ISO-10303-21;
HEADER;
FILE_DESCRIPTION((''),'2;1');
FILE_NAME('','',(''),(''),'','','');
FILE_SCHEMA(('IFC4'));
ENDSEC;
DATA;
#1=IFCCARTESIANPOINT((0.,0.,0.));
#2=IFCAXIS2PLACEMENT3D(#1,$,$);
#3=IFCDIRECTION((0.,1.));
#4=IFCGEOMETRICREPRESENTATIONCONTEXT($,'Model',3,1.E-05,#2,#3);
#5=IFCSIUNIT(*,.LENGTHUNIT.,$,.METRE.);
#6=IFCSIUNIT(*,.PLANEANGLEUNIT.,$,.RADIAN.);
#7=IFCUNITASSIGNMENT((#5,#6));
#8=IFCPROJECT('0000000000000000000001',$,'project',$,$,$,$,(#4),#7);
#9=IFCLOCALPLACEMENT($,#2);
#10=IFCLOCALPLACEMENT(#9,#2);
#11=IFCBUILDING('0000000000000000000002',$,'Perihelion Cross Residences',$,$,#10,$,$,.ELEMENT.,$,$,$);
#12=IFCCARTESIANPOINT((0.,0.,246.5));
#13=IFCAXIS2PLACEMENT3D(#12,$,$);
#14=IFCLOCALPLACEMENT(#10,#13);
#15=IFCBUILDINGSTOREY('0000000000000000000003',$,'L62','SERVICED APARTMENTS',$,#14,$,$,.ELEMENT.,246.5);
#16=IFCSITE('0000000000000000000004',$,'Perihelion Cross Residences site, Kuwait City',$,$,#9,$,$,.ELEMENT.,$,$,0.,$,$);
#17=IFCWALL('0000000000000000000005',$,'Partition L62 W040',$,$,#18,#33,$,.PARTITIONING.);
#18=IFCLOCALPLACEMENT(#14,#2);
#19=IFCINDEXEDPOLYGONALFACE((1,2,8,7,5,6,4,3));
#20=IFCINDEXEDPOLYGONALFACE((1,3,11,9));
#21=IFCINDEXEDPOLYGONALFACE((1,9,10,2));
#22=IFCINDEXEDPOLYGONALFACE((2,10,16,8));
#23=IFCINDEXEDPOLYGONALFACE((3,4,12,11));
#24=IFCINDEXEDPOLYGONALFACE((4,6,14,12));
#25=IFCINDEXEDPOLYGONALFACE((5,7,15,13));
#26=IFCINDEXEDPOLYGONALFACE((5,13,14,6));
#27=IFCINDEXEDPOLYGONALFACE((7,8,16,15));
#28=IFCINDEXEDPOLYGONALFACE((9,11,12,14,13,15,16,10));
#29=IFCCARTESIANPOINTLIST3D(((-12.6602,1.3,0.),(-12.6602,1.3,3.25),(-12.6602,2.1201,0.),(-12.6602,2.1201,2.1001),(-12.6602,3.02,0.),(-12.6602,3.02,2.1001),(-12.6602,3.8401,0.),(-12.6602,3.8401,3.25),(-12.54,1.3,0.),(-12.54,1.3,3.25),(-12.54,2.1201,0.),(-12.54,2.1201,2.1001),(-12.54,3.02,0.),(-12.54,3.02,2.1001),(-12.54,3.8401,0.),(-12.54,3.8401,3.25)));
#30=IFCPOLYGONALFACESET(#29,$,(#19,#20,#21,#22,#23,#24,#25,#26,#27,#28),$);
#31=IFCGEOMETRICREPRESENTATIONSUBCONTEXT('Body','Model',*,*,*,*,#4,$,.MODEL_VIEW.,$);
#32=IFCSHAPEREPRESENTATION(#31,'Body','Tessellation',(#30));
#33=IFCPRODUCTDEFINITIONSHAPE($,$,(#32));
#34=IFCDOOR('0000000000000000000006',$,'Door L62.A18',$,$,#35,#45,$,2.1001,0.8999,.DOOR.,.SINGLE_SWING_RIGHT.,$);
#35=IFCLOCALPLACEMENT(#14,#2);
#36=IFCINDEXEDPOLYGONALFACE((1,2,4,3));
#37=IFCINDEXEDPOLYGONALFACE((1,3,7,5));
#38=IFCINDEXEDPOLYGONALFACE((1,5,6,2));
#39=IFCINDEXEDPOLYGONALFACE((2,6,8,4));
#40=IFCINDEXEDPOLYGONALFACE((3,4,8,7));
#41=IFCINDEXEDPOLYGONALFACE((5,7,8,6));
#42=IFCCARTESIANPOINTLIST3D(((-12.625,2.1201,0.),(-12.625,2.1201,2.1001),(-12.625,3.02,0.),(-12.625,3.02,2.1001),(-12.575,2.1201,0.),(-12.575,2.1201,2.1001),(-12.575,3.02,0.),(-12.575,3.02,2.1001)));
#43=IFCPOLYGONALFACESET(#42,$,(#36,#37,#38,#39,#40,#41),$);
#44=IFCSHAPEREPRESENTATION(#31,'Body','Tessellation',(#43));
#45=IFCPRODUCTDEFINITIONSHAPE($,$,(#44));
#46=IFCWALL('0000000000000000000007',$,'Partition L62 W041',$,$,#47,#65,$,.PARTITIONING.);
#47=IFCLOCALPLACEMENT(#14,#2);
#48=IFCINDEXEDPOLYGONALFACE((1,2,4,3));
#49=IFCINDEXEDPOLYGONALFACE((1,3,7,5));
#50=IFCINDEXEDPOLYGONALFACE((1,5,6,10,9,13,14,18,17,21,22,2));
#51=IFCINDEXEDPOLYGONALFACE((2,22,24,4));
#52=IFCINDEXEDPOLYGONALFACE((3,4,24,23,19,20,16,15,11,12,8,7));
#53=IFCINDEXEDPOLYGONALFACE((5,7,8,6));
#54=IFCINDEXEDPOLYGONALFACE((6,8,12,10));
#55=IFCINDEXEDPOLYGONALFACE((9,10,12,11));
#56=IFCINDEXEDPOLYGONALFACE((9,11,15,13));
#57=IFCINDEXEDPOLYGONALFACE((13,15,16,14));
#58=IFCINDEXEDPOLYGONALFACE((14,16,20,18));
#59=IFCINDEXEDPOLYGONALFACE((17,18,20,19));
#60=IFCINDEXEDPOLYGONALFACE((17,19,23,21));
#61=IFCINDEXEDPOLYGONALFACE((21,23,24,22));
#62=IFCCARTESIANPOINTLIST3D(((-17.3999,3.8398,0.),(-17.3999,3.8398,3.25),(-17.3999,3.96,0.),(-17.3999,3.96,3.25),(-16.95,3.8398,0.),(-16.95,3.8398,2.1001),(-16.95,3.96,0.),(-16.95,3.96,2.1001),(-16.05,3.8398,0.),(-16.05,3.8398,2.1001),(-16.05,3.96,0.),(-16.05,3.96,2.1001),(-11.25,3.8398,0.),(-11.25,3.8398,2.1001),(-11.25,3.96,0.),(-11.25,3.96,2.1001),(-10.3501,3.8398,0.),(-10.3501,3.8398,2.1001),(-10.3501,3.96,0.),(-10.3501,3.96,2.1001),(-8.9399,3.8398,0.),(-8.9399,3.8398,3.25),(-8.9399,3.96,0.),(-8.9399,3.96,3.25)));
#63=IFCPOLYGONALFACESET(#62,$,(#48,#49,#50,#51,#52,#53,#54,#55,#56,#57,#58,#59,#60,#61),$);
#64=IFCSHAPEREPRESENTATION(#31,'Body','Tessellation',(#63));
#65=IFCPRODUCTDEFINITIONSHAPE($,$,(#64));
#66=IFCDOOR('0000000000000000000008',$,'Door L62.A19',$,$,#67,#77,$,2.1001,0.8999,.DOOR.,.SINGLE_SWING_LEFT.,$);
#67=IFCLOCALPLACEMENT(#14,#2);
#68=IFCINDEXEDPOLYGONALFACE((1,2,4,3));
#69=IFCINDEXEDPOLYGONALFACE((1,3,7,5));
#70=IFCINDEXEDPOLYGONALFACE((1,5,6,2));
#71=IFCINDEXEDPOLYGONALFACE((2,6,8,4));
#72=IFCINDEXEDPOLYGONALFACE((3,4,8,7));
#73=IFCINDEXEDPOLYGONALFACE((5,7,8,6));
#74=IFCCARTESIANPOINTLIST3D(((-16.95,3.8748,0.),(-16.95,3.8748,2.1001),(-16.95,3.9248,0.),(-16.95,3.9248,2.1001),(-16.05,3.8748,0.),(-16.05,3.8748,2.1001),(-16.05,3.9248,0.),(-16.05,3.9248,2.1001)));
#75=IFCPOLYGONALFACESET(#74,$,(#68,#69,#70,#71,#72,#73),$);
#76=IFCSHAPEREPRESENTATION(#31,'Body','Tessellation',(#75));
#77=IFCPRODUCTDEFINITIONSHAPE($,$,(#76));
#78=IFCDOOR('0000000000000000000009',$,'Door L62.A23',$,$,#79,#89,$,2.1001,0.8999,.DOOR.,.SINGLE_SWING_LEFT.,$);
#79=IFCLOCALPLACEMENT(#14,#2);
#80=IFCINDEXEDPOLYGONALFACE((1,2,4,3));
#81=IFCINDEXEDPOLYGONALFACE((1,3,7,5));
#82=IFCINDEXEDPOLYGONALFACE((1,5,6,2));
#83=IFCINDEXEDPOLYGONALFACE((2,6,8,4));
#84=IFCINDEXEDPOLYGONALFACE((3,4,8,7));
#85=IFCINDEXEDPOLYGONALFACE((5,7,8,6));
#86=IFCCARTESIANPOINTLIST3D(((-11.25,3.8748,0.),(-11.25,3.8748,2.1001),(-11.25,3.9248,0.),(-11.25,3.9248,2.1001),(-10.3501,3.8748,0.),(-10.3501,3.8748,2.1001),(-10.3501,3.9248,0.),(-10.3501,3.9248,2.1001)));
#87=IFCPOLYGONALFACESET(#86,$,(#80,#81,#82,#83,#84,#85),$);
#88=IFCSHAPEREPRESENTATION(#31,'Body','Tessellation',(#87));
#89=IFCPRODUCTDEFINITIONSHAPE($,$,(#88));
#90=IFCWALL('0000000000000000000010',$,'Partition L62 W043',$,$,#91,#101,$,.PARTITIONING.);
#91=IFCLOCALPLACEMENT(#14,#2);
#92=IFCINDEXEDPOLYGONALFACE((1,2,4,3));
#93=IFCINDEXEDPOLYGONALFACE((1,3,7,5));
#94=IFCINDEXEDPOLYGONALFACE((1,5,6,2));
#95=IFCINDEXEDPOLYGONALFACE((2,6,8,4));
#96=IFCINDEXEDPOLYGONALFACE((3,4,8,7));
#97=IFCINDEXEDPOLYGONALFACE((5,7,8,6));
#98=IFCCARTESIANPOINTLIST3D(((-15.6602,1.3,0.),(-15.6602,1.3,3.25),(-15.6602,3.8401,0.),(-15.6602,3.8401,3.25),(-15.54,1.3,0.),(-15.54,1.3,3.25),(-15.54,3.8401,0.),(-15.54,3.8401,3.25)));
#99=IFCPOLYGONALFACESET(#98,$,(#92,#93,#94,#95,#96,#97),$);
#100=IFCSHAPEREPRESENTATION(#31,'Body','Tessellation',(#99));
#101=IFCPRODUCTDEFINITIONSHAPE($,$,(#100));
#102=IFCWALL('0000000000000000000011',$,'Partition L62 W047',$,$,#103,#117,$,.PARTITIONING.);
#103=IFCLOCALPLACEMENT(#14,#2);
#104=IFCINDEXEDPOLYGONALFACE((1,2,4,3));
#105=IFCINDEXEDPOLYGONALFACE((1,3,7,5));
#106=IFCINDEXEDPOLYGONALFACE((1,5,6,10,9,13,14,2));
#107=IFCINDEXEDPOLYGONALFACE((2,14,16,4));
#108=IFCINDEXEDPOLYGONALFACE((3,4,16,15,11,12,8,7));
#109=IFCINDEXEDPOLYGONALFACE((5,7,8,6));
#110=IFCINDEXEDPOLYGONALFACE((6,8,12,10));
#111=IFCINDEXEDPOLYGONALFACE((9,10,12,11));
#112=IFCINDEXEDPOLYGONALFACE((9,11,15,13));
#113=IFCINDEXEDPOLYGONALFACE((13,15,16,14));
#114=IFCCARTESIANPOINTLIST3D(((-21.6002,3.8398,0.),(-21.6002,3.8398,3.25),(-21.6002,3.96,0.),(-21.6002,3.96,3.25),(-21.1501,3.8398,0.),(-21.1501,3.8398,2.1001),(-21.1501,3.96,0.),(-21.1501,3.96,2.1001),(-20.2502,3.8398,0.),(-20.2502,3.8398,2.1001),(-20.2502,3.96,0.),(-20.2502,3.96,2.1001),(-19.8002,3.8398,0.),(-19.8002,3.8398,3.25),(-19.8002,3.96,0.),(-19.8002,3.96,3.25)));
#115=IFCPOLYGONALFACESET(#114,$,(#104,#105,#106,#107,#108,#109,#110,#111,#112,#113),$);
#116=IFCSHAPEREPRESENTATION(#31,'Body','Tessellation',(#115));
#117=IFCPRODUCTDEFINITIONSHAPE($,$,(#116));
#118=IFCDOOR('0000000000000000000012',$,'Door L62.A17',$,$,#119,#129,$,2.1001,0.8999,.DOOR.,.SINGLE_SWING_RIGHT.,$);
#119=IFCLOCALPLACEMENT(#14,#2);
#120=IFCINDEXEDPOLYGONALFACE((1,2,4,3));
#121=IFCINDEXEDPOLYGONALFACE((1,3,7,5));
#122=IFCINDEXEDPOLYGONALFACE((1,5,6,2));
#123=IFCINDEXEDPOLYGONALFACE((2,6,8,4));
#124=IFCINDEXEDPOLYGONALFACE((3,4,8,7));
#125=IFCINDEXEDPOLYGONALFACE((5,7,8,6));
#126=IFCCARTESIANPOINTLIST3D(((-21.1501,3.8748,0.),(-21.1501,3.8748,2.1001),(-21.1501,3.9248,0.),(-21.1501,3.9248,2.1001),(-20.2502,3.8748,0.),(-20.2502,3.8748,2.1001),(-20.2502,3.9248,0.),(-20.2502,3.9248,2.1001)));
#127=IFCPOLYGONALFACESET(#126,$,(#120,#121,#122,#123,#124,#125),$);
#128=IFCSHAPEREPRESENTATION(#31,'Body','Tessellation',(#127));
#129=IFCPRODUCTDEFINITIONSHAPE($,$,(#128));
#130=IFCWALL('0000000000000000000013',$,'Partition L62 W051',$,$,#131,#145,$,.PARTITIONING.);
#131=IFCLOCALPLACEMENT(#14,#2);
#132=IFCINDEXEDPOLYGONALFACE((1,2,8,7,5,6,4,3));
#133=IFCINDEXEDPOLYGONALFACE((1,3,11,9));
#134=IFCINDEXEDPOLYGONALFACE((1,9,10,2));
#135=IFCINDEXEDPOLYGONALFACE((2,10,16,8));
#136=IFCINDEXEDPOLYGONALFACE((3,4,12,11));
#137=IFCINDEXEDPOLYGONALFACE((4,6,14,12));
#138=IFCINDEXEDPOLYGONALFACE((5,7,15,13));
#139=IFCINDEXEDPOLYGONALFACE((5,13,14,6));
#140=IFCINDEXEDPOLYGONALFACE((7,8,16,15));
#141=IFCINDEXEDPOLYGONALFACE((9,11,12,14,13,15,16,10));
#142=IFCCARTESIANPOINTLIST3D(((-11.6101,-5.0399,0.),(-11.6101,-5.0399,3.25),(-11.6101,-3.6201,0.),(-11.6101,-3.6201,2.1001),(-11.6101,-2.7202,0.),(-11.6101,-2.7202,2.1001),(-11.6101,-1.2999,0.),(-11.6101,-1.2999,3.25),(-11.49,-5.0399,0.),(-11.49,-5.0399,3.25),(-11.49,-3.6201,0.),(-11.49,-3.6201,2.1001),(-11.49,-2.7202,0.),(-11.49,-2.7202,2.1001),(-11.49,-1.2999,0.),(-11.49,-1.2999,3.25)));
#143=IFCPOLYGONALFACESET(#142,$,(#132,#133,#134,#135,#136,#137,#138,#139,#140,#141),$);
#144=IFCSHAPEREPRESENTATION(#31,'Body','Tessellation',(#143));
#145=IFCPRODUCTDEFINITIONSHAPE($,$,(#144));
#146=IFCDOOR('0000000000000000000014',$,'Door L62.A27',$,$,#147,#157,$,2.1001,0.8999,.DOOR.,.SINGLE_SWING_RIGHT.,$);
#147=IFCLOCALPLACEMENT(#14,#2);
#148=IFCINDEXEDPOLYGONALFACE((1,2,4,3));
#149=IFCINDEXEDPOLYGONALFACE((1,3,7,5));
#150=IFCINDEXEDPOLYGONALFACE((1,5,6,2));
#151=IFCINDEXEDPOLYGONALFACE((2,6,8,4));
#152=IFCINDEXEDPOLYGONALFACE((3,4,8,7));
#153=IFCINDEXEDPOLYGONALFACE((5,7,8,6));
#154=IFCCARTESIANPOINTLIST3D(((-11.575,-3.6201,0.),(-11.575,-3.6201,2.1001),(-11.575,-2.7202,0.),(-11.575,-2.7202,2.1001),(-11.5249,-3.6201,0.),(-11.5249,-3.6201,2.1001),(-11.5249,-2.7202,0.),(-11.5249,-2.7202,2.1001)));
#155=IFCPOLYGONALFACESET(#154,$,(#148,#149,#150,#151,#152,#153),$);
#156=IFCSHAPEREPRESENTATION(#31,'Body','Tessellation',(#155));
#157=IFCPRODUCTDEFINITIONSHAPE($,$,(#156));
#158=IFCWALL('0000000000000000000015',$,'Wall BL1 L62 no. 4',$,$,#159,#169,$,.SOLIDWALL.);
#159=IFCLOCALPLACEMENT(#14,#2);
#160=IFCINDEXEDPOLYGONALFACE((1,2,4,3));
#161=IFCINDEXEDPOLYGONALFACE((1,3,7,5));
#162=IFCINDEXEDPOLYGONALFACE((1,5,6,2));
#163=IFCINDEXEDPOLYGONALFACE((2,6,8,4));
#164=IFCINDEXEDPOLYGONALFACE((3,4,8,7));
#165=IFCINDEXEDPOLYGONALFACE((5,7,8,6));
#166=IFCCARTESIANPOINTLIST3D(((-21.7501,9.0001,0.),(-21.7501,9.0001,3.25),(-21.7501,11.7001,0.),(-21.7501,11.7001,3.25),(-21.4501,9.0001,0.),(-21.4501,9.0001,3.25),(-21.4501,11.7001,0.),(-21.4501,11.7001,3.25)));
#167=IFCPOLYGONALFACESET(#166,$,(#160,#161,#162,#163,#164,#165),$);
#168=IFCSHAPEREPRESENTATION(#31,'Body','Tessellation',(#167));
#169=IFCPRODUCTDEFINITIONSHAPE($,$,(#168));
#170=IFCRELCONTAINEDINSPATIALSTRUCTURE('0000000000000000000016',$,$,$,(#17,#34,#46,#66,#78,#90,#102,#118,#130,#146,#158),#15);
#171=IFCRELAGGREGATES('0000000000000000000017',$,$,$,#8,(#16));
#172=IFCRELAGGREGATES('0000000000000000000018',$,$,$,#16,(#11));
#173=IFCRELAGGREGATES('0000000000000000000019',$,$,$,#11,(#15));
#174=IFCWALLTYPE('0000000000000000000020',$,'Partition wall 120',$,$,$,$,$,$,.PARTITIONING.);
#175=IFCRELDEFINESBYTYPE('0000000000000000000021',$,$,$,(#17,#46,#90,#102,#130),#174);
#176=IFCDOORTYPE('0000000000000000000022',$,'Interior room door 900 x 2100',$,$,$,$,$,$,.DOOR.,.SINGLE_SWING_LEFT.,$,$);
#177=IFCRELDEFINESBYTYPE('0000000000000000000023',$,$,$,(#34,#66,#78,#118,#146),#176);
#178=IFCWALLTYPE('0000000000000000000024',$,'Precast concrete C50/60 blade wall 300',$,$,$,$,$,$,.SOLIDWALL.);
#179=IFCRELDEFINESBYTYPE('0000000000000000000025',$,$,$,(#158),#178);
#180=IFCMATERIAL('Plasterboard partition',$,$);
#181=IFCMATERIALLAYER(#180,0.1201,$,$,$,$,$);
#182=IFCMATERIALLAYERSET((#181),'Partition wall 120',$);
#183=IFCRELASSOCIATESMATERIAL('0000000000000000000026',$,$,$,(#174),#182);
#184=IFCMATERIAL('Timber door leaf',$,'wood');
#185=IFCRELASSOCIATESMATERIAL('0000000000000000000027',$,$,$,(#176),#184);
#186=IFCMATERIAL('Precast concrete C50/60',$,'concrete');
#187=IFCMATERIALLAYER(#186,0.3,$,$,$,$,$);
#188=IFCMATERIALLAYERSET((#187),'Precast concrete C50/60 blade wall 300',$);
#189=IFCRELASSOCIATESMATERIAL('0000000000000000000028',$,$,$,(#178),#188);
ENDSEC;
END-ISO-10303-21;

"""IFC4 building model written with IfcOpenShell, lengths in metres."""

from ifc_helpers import new_model, si_unit, direction, frame, frame_2d, origin, place, context, subcontext, project, spatial, rectangle, extrude, material, layer, layer_set, type_object, element, fill, save


model = new_model("IFC4")

# Units and contexts
model_context = context("Model", 3, precision=1e-05, world=origin(), true_north=direction((0.0, 1.0)))
body_context = subcontext(model_context, "Body", "Model", "MODEL_VIEW")
ifc_project = project(units=[si_unit("LENGTHUNIT", "METRE"), si_unit("PLANEANGLEUNIT", "RADIAN")], contexts=[model_context])

# Site, building, storey
site_placement = place(None, origin())
site = spatial("IfcSite", under=ifc_project, at=site_placement, Name="Perihelion Cross Residences site, Kuwait City", CompositionType="ELEMENT", RefElevation=0.0)
building_placement = place(site_placement, origin())
building = spatial("IfcBuilding", under=site, at=building_placement, Name="Perihelion Cross Residences", CompositionType="ELEMENT")
storey_placement = place(building_placement, frame((0.0, 0.0, 246.5)))
storey = spatial("IfcBuildingStorey", under=building, at=storey_placement, Name="L62", Description="SERVICED APARTMENTS", CompositionType="ELEMENT", Elevation=246.5)

# Wall, opening, door
ifc_material_1 = material(Name="Plasterboard partition")
ifc_layer_1 = layer(ifc_material_1, 0.1201)
ifc_layer_set_1 = layer_set([ifc_layer_1], Name="Partition wall 120")
wall_type_1 = type_object("IfcWallType", Name="Partition wall 120", PredefinedType="PARTITIONING", material=ifc_layer_set_1)
wall_1_placement = place(storey_placement, frame((-12.6001, 1.3, 0.0), z_axis=(0.0, 0.0, 1.0), x_axis=(0.0, 1.0, 0.0)))
wall_1 = element("IfcWall", 1, at=wall_1_placement, inside=storey, type_object=wall_type_1, Name="Partition L62 W040", PredefinedType="PARTITIONING", context=body_context, shape_type="SweptSolid", body=[
    extrude(rectangle(XDim=2.54, YDim=0.1201, at=frame_2d((1.27, 0.0))), origin(), (0.0, 0.0, 1.0), 3.25),
])
opening_1_placement = place(wall_1_placement, frame((0.8201, 0.0, 0.0)))
opening_1 = element("IfcOpeningElement", 2, at=opening_1_placement, cuts=wall_1, PredefinedType="OPENING", context=body_context, shape_type="SweptSolid", body=[
    extrude(rectangle(XDim=0.8999, YDim=2.1001, at=frame_2d((0.45, 1.05))), frame((0.0, 0.0701, 0.0), z_axis=(0.0, -1.0, 0.0), x_axis=(1.0, 0.0, 0.0)), (0.0, 0.0, 1.0), 0.1401),
])
ifc_material_2 = material(Name="Timber door leaf", Category="wood")
door_type_1 = type_object("IfcDoorType", Name="Interior room door 900 x 2100", OperationType="SINGLE_SWING_LEFT", PredefinedType="DOOR", material=ifc_material_2)
door_1_placement = place(opening_1_placement, origin())
door_1 = element("IfcDoor", 3, at=door_1_placement, inside=storey, type_object=door_type_1, Name="Door L62.A18", OperationType="SINGLE_SWING_RIGHT", OverallHeight=2.1001, OverallWidth=0.8999, PredefinedType="DOOR", context=body_context, shape_type="SweptSolid", body=[
    extrude(rectangle(XDim=0.8999, YDim=2.1001, at=frame_2d((0.45, 1.05))), frame((0.0, 0.0249, 0.0), z_axis=(0.0, -1.0, 0.0), x_axis=(1.0, 0.0, 0.0)), (0.0, 0.0, 1.0), 0.05),
])
fill(opening_1, door_1)

# Wall, openings, doors
wall_2_placement = place(storey_placement, frame((-17.3999, 3.8999, 0.0), z_axis=(0.0, 0.0, 1.0), x_axis=(1.0, 0.0, 0.0)))
wall_2 = element("IfcWall", 4, at=wall_2_placement, inside=storey, type_object=wall_type_1, Name="Partition L62 W041", PredefinedType="PARTITIONING", context=body_context, shape_type="SweptSolid", body=[
    extrude(rectangle(XDim=8.46, YDim=0.1201, at=frame_2d((4.23, 0.0))), origin(), (0.0, 0.0, 1.0), 3.25),
])
opening_2_placement = place(wall_2_placement, frame((0.45, 0.0, 0.0)))
opening_2 = element("IfcOpeningElement", 5, at=opening_2_placement, cuts=wall_2, PredefinedType="OPENING", context=body_context, shape_type="SweptSolid", body=[
    extrude(rectangle(XDim=0.8999, YDim=2.1001, at=frame_2d((0.45, 1.05))), frame((0.0, 0.0701, 0.0), z_axis=(0.0, -1.0, 0.0), x_axis=(1.0, 0.0, 0.0)), (0.0, 0.0, 1.0), 0.1401),
])
opening_3_placement = place(wall_2_placement, frame((6.1499, 0.0, 0.0)))
opening_3 = element("IfcOpeningElement", 6, at=opening_3_placement, cuts=wall_2, PredefinedType="OPENING", context=body_context, shape_type="SweptSolid", body=[
    extrude(rectangle(XDim=0.8999, YDim=2.1001, at=frame_2d((0.45, 1.05))), frame((0.0, 0.0701, 0.0), z_axis=(0.0, -1.0, 0.0), x_axis=(1.0, 0.0, 0.0)), (0.0, 0.0, 1.0), 0.1401),
])
door_2_placement = place(opening_2_placement, origin())
door_2 = element("IfcDoor", 7, at=door_2_placement, inside=storey, type_object=door_type_1, Name="Door L62.A19", OperationType="SINGLE_SWING_LEFT", OverallHeight=2.1001, OverallWidth=0.8999, PredefinedType="DOOR", context=body_context, shape_type="SweptSolid", body=[
    extrude(rectangle(XDim=0.8999, YDim=2.1001, at=frame_2d((0.45, 1.05))), frame((0.0, 0.0249, 0.0), z_axis=(0.0, -1.0, 0.0), x_axis=(1.0, 0.0, 0.0)), (0.0, 0.0, 1.0), 0.05),
])
fill(opening_2, door_2)
door_3_placement = place(opening_3_placement, origin())
door_3 = element("IfcDoor", 8, at=door_3_placement, inside=storey, type_object=door_type_1, Name="Door L62.A23", OperationType="SINGLE_SWING_LEFT", OverallHeight=2.1001, OverallWidth=0.8999, PredefinedType="DOOR", context=body_context, shape_type="SweptSolid", body=[
    extrude(rectangle(XDim=0.8999, YDim=2.1001, at=frame_2d((0.45, 1.05))), frame((0.0, 0.0249, 0.0), z_axis=(0.0, -1.0, 0.0), x_axis=(1.0, 0.0, 0.0)), (0.0, 0.0, 1.0), 0.05),
])
fill(opening_3, door_3)

# Wall
wall_3_placement = place(storey_placement, frame((-15.6001, 1.3, 0.0), z_axis=(0.0, 0.0, 1.0), x_axis=(0.0, 1.0, 0.0)))
element("IfcWall", 9, at=wall_3_placement, inside=storey, type_object=wall_type_1, Name="Partition L62 W043", PredefinedType="PARTITIONING", context=body_context, shape_type="SweptSolid", body=[
    extrude(rectangle(XDim=2.54, YDim=0.1201, at=frame_2d((1.27, 0.0))), origin(), (0.0, 0.0, 1.0), 3.25),
])

# Walls, openings, doors
wall_4_placement = place(storey_placement, frame((-21.6001, 3.8999, 0.0), z_axis=(0.0, 0.0, 1.0), x_axis=(1.0, 0.0, 0.0)))
wall_4 = element("IfcWall", 10, at=wall_4_placement, inside=storey, type_object=wall_type_1, Name="Partition L62 W047", PredefinedType="PARTITIONING", context=body_context, shape_type="SweptSolid", body=[
    extrude(rectangle(XDim=1.8, YDim=0.1201, at=frame_2d((0.8999, 0.0))), origin(), (0.0, 0.0, 1.0), 3.25),
])
opening_4_placement = place(wall_4_placement, frame((0.45, 0.0, 0.0)))
opening_4 = element("IfcOpeningElement", 11, at=opening_4_placement, cuts=wall_4, PredefinedType="OPENING", context=body_context, shape_type="SweptSolid", body=[
    extrude(rectangle(XDim=0.8999, YDim=2.1001, at=frame_2d((0.45, 1.05))), frame((0.0, 0.0701, 0.0), z_axis=(0.0, -1.0, 0.0), x_axis=(1.0, 0.0, 0.0)), (0.0, 0.0, 1.0), 0.1401),
])
door_4_placement = place(opening_4_placement, origin())
door_4 = element("IfcDoor", 12, at=door_4_placement, inside=storey, type_object=door_type_1, Name="Door L62.A17", OperationType="SINGLE_SWING_RIGHT", OverallHeight=2.1001, OverallWidth=0.8999, PredefinedType="DOOR", context=body_context, shape_type="SweptSolid", body=[
    extrude(rectangle(XDim=0.8999, YDim=2.1001, at=frame_2d((0.45, 1.05))), frame((0.0, 0.0249, 0.0), z_axis=(0.0, -1.0, 0.0), x_axis=(1.0, 0.0, 0.0)), (0.0, 0.0, 1.0), 0.05),
])
fill(opening_4, door_4)
wall_5_placement = place(storey_placement, frame((-11.55, -5.04, 0.0), z_axis=(0.0, 0.0, 1.0), x_axis=(0.0, 1.0, 0.0)))
wall_5 = element("IfcWall", 13, at=wall_5_placement, inside=storey, type_object=wall_type_1, Name="Partition L62 W051", PredefinedType="PARTITIONING", context=body_context, shape_type="SweptSolid", body=[
    extrude(rectangle(XDim=3.74, YDim=0.1201, at=frame_2d((1.8701, 0.0))), origin(), (0.0, 0.0, 1.0), 3.25),
])
opening_5_placement = place(wall_5_placement, frame((1.4199, 0.0, 0.0)))
opening_5 = element("IfcOpeningElement", 14, at=opening_5_placement, cuts=wall_5, PredefinedType="OPENING", context=body_context, shape_type="SweptSolid", body=[
    extrude(rectangle(XDim=0.8999, YDim=2.1001, at=frame_2d((0.45, 1.05))), frame((0.0, 0.0701, 0.0), z_axis=(0.0, -1.0, 0.0), x_axis=(1.0, 0.0, 0.0)), (0.0, 0.0, 1.0), 0.1401),
])
door_5_placement = place(opening_5_placement, origin())
door_5 = element("IfcDoor", 15, at=door_5_placement, inside=storey, type_object=door_type_1, Name="Door L62.A27", OperationType="SINGLE_SWING_RIGHT", OverallHeight=2.1001, OverallWidth=0.8999, PredefinedType="DOOR", context=body_context, shape_type="SweptSolid", body=[
    extrude(rectangle(XDim=0.8999, YDim=2.1001, at=frame_2d((0.45, 1.05))), frame((0.0, 0.0249, 0.0), z_axis=(0.0, -1.0, 0.0), x_axis=(1.0, 0.0, 0.0)), (0.0, 0.0, 1.0), 0.05),
])
fill(opening_5, door_5)

# Wall
ifc_material_3 = material(Name="Precast concrete C50/60", Category="concrete")
ifc_layer_2 = layer(ifc_material_3, 0.3)
ifc_layer_set_2 = layer_set([ifc_layer_2], Name="Precast concrete C50/60 blade wall 300")
wall_type_2 = type_object("IfcWallType", Name="Precast concrete C50/60 blade wall 300", PredefinedType="SOLIDWALL", material=ifc_layer_set_2)
for number, where, z_axis, x_axis, name in (
    (16, (-21.6001, 9.0, 0.0), (0.0, 0.0, 1.0), (0.0, 1.0, 0.0), "Wall BL1 L62 no. 4"),
):
    element("IfcWall", number, at=place(storey_placement, frame(where, z_axis=z_axis, x_axis=x_axis)), inside=storey, type_object=wall_type_2, Name=name, PredefinedType="SOLIDWALL", context=body_context, shape_type="SweptSolid", body=[
        extrude(rectangle(XDim=2.7, YDim=0.3, at=frame_2d((1.3501, 0.0))), origin(), (0.0, 0.0, 1.0), 3.25),
    ])

save(model, "model.ifc")
